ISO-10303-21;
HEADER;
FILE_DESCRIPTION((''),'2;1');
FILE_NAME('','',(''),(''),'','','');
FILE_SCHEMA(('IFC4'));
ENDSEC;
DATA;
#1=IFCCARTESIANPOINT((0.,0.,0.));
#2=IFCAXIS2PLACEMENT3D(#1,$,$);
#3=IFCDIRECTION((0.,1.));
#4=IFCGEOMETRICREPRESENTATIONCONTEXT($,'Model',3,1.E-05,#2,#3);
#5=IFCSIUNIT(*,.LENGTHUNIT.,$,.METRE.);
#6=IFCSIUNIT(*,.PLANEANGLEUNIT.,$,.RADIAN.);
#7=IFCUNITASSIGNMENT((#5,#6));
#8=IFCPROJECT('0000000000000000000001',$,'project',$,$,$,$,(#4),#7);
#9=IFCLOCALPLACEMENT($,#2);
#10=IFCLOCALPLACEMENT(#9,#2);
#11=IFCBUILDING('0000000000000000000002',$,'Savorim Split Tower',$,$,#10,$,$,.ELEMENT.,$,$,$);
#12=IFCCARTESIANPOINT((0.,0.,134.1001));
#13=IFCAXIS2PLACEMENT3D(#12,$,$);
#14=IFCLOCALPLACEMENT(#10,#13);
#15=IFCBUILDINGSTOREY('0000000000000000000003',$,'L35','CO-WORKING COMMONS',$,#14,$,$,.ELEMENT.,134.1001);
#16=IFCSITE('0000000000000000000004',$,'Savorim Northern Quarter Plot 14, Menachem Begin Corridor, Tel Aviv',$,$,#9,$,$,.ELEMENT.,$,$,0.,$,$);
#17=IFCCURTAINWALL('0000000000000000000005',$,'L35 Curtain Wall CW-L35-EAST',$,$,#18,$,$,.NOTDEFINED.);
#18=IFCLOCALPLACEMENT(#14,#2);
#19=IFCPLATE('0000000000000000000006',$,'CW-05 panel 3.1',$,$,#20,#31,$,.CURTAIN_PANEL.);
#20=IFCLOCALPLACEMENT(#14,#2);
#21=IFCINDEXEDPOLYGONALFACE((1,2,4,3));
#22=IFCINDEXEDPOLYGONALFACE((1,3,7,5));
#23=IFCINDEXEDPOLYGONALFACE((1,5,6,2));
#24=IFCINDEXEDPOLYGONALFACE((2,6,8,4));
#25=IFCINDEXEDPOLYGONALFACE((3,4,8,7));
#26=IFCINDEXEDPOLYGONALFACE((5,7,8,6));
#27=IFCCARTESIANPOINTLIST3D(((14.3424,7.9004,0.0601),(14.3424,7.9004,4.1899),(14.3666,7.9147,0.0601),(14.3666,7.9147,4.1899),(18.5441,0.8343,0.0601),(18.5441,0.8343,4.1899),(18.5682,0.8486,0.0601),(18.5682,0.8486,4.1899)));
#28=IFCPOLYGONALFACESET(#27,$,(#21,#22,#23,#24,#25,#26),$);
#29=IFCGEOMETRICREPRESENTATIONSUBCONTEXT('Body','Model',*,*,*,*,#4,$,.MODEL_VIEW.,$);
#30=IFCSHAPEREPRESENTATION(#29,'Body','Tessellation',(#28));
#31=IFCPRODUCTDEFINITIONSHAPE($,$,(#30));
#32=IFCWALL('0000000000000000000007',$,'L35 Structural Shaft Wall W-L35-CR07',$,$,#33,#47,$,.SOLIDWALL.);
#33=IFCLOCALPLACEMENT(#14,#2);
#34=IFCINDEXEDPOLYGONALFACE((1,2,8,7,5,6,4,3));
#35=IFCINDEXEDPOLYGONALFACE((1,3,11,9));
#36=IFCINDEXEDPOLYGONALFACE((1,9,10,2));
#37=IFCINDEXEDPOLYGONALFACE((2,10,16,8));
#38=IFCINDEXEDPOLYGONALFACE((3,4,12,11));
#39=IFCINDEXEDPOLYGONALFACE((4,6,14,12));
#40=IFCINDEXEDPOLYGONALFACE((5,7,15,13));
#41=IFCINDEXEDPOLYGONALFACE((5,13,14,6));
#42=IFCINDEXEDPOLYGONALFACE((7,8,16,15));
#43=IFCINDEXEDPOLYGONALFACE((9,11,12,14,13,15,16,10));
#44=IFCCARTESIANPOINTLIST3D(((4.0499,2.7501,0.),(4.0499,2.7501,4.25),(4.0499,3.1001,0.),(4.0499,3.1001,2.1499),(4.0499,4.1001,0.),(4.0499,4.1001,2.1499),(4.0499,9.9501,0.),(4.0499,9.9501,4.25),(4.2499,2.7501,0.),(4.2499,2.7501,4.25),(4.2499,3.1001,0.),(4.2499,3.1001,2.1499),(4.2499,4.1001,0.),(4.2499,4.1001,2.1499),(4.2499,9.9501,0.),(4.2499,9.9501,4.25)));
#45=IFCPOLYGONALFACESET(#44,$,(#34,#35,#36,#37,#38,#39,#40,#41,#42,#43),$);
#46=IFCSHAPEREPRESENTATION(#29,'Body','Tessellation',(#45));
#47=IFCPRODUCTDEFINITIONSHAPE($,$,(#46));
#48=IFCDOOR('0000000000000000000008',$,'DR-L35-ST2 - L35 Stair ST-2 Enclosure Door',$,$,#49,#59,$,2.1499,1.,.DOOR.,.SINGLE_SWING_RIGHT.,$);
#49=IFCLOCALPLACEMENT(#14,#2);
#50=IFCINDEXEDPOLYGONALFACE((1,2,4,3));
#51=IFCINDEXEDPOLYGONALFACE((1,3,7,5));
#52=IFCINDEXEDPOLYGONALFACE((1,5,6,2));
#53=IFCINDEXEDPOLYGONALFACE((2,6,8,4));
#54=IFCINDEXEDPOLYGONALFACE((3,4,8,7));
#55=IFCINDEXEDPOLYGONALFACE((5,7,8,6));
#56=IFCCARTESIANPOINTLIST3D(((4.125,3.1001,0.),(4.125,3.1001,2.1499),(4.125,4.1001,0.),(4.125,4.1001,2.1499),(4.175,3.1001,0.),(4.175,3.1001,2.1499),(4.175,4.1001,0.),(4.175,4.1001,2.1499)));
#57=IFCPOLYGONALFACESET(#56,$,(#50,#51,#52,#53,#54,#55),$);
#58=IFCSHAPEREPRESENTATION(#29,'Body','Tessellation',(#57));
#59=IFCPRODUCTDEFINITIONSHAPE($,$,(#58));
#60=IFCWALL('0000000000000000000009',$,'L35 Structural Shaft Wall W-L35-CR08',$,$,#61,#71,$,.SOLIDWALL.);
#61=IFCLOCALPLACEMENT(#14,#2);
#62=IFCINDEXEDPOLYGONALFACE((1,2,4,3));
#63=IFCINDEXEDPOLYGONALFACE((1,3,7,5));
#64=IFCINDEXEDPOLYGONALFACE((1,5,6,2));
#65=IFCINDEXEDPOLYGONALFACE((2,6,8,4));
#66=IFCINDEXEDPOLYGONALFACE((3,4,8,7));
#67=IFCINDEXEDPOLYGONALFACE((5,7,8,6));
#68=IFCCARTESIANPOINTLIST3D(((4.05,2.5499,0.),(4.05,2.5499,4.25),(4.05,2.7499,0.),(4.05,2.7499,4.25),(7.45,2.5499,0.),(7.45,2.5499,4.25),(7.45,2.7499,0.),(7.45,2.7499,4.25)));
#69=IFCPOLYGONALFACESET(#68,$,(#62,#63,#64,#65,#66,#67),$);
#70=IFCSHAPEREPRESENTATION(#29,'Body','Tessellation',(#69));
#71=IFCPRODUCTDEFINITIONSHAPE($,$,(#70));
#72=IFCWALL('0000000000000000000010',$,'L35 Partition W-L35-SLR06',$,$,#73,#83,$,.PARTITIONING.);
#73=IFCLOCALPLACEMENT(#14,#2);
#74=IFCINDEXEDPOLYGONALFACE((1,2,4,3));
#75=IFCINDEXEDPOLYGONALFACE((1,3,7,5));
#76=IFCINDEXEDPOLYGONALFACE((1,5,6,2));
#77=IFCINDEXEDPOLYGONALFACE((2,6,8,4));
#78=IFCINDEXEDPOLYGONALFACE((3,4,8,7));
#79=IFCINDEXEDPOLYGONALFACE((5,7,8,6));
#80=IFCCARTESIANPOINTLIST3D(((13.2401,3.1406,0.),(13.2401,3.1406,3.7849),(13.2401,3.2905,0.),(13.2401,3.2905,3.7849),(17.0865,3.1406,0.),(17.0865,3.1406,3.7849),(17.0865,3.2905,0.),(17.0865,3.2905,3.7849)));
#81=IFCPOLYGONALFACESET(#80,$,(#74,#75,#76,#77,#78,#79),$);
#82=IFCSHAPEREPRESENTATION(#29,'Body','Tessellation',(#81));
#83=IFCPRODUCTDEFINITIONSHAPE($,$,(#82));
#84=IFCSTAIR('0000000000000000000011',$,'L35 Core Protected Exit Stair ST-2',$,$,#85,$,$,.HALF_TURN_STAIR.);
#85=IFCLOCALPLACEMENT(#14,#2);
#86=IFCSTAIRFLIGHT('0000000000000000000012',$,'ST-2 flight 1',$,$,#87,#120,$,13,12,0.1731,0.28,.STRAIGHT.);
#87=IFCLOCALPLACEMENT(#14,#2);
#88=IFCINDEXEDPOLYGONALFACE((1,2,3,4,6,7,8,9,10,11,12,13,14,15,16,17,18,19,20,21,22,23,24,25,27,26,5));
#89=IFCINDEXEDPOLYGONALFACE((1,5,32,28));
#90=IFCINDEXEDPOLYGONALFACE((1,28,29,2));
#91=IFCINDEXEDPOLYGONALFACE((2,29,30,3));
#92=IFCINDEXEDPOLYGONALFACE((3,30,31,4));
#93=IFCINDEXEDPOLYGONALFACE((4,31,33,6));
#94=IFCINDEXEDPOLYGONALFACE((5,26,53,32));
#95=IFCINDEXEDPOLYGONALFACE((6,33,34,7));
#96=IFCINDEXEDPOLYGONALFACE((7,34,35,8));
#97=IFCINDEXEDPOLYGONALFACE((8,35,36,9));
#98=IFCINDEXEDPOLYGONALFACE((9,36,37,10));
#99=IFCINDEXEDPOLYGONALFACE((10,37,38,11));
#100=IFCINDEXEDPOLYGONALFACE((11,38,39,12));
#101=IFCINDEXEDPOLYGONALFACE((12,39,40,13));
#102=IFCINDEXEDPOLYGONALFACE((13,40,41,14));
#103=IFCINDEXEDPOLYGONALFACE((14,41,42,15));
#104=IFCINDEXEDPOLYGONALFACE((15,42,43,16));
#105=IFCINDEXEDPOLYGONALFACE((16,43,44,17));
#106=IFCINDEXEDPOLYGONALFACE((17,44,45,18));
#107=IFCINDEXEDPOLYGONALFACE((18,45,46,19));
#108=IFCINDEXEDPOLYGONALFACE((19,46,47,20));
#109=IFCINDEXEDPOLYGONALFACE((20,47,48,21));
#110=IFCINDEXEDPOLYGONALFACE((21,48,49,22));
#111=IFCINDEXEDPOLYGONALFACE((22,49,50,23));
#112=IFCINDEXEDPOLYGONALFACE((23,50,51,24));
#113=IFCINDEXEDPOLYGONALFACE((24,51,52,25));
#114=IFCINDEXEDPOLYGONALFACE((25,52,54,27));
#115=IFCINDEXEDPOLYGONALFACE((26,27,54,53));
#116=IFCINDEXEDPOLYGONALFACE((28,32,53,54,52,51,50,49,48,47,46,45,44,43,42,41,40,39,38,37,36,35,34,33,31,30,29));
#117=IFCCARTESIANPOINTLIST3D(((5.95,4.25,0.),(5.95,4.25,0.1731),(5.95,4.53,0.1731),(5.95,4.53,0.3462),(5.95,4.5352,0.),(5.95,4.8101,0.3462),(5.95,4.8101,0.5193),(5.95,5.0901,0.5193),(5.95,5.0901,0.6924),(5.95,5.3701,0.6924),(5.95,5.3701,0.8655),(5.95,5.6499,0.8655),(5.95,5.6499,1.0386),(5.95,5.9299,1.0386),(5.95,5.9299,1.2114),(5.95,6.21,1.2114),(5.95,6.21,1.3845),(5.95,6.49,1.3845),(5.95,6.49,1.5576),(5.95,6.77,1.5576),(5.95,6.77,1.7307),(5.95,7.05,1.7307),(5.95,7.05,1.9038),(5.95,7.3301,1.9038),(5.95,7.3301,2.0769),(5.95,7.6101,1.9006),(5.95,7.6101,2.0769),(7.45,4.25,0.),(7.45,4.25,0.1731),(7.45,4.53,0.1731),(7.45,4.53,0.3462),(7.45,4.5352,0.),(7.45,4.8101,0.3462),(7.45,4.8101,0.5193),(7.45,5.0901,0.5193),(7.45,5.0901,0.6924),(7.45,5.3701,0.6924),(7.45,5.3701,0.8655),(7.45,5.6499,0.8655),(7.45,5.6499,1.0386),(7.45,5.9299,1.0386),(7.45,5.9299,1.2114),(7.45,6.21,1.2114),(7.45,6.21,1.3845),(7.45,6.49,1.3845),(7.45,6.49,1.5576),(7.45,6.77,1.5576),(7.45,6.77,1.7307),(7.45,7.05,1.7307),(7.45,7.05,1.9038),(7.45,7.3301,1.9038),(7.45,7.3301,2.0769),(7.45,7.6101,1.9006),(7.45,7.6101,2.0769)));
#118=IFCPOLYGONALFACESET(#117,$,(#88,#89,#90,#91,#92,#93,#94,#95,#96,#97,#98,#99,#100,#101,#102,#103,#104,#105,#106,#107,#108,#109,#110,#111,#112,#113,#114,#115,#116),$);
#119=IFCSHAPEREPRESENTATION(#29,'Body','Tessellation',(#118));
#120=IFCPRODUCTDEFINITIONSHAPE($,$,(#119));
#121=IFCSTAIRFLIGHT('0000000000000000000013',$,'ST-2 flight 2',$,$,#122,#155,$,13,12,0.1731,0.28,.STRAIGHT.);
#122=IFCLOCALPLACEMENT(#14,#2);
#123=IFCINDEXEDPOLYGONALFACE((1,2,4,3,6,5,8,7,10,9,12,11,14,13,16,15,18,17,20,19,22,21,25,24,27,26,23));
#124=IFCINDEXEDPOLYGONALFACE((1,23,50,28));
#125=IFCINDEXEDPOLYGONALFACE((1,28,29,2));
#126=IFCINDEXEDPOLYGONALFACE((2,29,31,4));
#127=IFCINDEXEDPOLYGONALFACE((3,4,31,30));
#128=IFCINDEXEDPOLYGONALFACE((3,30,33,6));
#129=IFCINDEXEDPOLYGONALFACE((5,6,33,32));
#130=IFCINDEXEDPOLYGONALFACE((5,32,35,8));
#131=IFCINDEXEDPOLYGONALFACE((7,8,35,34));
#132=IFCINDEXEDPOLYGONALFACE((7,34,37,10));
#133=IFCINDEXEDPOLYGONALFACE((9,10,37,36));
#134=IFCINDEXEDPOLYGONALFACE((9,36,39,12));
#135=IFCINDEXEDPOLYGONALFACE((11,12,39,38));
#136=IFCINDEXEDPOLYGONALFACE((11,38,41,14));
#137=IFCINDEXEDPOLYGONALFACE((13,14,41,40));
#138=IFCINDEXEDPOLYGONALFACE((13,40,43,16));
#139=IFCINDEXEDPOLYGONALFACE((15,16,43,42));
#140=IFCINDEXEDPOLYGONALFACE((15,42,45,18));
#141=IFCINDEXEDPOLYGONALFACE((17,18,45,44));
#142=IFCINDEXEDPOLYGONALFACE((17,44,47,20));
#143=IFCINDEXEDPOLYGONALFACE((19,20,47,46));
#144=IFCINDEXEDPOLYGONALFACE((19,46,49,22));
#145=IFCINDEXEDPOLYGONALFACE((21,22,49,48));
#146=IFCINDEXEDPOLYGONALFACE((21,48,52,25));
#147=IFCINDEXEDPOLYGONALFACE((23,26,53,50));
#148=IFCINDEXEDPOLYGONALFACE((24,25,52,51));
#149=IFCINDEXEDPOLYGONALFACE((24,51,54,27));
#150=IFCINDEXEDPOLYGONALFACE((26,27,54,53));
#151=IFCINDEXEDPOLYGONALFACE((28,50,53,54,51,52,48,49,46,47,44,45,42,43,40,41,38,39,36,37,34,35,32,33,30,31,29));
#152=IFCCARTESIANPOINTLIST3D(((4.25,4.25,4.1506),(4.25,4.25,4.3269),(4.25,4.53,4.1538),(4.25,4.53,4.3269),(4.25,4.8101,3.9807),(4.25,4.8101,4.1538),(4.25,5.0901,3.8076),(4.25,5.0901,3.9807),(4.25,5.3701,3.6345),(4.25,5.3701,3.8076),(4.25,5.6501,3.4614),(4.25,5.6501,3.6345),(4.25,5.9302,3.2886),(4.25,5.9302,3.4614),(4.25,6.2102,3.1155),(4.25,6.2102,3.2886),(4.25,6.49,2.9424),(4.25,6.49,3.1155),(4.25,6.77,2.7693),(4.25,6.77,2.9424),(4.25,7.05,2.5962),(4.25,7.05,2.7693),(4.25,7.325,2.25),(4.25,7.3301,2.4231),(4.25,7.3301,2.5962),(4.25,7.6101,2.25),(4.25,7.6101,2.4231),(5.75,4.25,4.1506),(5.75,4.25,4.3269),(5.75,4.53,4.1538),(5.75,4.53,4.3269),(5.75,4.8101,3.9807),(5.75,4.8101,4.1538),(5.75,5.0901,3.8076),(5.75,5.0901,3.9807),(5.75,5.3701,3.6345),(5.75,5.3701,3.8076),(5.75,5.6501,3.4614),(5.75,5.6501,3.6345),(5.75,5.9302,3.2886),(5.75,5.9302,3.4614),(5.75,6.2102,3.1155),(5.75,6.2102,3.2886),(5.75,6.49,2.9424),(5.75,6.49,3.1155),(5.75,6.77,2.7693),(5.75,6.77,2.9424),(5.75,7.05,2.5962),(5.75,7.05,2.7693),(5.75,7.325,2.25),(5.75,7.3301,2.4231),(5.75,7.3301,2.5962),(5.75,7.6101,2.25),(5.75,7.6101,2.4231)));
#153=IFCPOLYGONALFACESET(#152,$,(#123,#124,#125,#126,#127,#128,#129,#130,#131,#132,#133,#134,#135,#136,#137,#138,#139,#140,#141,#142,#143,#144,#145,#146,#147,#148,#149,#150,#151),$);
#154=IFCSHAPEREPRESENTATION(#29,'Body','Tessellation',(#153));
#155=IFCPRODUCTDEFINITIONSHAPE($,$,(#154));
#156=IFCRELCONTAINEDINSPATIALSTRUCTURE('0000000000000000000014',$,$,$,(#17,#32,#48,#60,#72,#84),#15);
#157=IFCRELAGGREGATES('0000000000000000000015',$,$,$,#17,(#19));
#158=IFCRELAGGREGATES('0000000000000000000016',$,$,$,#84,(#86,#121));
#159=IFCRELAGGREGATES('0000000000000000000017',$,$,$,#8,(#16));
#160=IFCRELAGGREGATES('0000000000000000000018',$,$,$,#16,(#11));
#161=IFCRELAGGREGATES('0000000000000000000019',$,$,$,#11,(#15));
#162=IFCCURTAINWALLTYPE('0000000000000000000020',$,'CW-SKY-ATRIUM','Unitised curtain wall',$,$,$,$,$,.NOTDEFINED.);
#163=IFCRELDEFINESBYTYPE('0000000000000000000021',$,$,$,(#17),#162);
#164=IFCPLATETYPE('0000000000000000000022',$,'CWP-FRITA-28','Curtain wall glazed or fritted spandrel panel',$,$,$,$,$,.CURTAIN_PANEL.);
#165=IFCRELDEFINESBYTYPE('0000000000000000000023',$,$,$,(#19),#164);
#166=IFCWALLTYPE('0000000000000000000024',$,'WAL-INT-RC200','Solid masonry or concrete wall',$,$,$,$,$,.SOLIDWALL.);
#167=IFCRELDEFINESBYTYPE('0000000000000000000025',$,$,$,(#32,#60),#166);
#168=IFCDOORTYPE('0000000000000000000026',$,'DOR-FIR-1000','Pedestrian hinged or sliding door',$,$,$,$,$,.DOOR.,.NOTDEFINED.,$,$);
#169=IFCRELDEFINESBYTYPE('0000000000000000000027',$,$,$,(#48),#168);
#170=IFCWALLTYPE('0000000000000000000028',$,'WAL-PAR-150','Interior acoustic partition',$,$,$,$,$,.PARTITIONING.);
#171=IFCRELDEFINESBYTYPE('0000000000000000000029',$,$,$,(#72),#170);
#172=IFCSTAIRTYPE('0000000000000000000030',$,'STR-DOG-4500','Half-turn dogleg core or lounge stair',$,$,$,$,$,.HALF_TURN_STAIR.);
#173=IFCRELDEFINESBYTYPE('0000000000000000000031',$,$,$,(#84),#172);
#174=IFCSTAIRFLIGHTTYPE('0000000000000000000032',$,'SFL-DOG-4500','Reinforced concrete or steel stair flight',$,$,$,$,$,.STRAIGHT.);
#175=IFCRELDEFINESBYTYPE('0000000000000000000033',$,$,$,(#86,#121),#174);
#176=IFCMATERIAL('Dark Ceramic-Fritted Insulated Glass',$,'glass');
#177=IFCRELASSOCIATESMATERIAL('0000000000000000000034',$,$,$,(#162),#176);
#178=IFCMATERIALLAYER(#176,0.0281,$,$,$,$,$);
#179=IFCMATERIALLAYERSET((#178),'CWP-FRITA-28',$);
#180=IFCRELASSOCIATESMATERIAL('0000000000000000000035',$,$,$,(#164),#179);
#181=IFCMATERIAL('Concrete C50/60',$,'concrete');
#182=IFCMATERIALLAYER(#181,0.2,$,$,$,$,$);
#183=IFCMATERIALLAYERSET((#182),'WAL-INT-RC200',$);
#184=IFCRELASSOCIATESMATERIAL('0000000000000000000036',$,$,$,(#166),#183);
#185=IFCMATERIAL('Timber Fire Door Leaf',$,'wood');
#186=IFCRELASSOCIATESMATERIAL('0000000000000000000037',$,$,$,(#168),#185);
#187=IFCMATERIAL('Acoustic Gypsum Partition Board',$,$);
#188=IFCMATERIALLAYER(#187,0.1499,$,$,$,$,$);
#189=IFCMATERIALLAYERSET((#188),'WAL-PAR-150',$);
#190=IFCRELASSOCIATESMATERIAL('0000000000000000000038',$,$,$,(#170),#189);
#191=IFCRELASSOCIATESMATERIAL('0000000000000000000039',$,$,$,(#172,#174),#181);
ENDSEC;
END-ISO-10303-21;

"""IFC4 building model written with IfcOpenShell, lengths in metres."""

from ifc_helpers import new_model, si_unit, direction, frame, frame_2d, origin, origin_2d, place, context, subcontext, project, spatial, polyline, rectangle, outline, extrude, material, layer, layer_set, type_object, element, fill, aggregate, save


model = new_model("IFC4")

# Units and contexts
model_context = context("Model", 3, precision=1e-05, world=origin(), true_north=direction((0.0, 1.0)))
body_context = subcontext(model_context, "Body", "Model", "MODEL_VIEW")
ifc_project = project(units=[si_unit("LENGTHUNIT", "METRE"), si_unit("PLANEANGLEUNIT", "RADIAN")], contexts=[model_context])

# Site, building, storey
site_placement = place(None, origin())
site = spatial("IfcSite", under=ifc_project, at=site_placement, Name="Savorim Northern Quarter Plot 14, Menachem Begin Corridor, Tel Aviv", CompositionType="ELEMENT", RefElevation=0.0)
building_placement = place(site_placement, origin())
building = spatial("IfcBuilding", under=site, at=building_placement, Name="Savorim Split Tower", CompositionType="ELEMENT")
storey_placement = place(building_placement, frame((0.0, 0.0, 134.1001)))
storey = spatial("IfcBuildingStorey", under=building, at=storey_placement, Name="L35", Description="CO-WORKING COMMONS", CompositionType="ELEMENT", Elevation=134.1001)

# Curtain wall, plate
ifc_material_1 = material(Name="Dark Ceramic-Fritted Insulated Glass", Category="glass")
curtain_wall_type = type_object("IfcCurtainWallType", Name="CW-SKY-ATRIUM", Description="Unitised curtain wall", PredefinedType="NOTDEFINED", material=ifc_material_1)
curtain_wall_placement = place(storey_placement, origin())
curtain_wall = element("IfcCurtainWall", 1, at=curtain_wall_placement, inside=storey, type_object=curtain_wall_type, Name="L35 Curtain Wall CW-L35-EAST", PredefinedType="NOTDEFINED")
ifc_layer_1 = layer(ifc_material_1, 0.0281)
ifc_layer_set_1 = layer_set([ifc_layer_1], Name="CWP-FRITA-28")
plate_type = type_object("IfcPlateType", Name="CWP-FRITA-28", Description="Curtain wall glazed or fritted spandrel panel", PredefinedType="CURTAIN_PANEL", material=ifc_layer_set_1)
plate_placement = place(storey_placement, frame((16.4553, 4.3745, 0.0601), z_axis=(0.0, 0.0, 1.0), x_axis=(-0.511091, 0.859527, 0.0)))
plate = element("IfcPlate", 2, at=plate_placement, type_object=plate_type, Name="CW-05 panel 3.1", PredefinedType="CURTAIN_PANEL", context=body_context, shape_type="SweptSolid", body=[
    extrude(rectangle(XDim=8.2209, YDim=0.0281, at=origin_2d()), origin(), (0.0, 0.0, 1.0), 4.1299),
])
aggregate(curtain_wall, [plate])

# Wall, opening, door
ifc_material_2 = material(Name="Concrete C50/60", Category="concrete")
ifc_layer_2 = layer(ifc_material_2, 0.2)
ifc_layer_set_2 = layer_set([ifc_layer_2], Name="WAL-INT-RC200")
wall_type_1 = type_object("IfcWallType", Name="WAL-INT-RC200", Description="Solid masonry or concrete wall", PredefinedType="SOLIDWALL", material=ifc_layer_set_2)
wall_1_placement = place(storey_placement, frame((4.1499, 2.75, 0.0), z_axis=(0.0, 0.0, 1.0), x_axis=(0.0, 1.0, 0.0)))
wall_1 = element("IfcWall", 3, at=wall_1_placement, inside=storey, type_object=wall_type_1, Name="L35 Structural Shaft Wall W-L35-CR07", PredefinedType="SOLIDWALL", context=body_context, shape_type="SweptSolid", body=[
    extrude(rectangle(XDim=7.2, YDim=0.2, at=frame_2d((3.6001, 0.0))), origin(), (0.0, 0.0, 1.0), 4.25),
])
opening_1_placement = place(wall_1_placement, frame((0.3501, 0.0, 0.0)))
opening_1 = element("IfcOpeningElement", 4, at=opening_1_placement, cuts=wall_1, PredefinedType="OPENING", context=body_context, shape_type="SweptSolid", body=[
    extrude(rectangle(XDim=1.0, YDim=2.1499, at=frame_2d((0.5, 1.075))), frame((0.0, 0.1099, 0.0), z_axis=(0.0, -1.0, 0.0), x_axis=(1.0, 0.0, 0.0)), (0.0, 0.0, 1.0), 0.22),
])
ifc_material_3 = material(Name="Timber Fire Door Leaf", Category="wood")
door_type_1 = type_object("IfcDoorType", Name="DOR-FIR-1000", Description="Pedestrian hinged or sliding door", OperationType="NOTDEFINED", PredefinedType="DOOR", material=ifc_material_3)
door_1_placement = place(opening_1_placement, origin())
door_1 = element("IfcDoor", 5, at=door_1_placement, inside=storey, type_object=door_type_1, Name="DR-L35-ST2 - L35 Stair ST-2 Enclosure Door", OperationType="SINGLE_SWING_RIGHT", OverallHeight=2.1499, OverallWidth=1.0, PredefinedType="DOOR", context=body_context, shape_type="SweptSolid", body=[
    extrude(rectangle(XDim=1.0, YDim=2.1499, at=frame_2d((0.5, 1.075))), frame((0.0, 0.0249, 0.0), z_axis=(0.0, -1.0, 0.0), x_axis=(1.0, 0.0, 0.0)), (0.0, 0.0, 1.0), 0.05),
])
fill(opening_1, door_1)

# Wall
wall_2_placement = place(storey_placement, frame((4.05, 2.6499, 0.0), z_axis=(0.0, 0.0, 1.0), x_axis=(1.0, 0.0, 0.0)))
element("IfcWall", 6, at=wall_2_placement, inside=storey, type_object=wall_type_1, Name="L35 Structural Shaft Wall W-L35-CR08", PredefinedType="SOLIDWALL", context=body_context, shape_type="SweptSolid", body=[
    extrude(rectangle(XDim=3.3999, YDim=0.2, at=frame_2d((1.7, 0.0))), origin(), (0.0, 0.0, 1.0), 4.25),
])

# Wall
ifc_material_4 = material(Name="Acoustic Gypsum Partition Board")
ifc_layer_3 = layer(ifc_material_4, 0.1499)
ifc_layer_set_3 = layer_set([ifc_layer_3], Name="WAL-PAR-150")
wall_type_2 = type_object("IfcWallType", Name="WAL-PAR-150", Description="Interior acoustic partition", PredefinedType="PARTITIONING", material=ifc_layer_set_3)
wall_3_placement = place(storey_placement, frame((13.24, 3.2156, 0.0), z_axis=(0.0, 0.0, 1.0), x_axis=(1.0, 0.0, 0.0)))
element("IfcWall", 7, at=wall_3_placement, inside=storey, type_object=wall_type_2, Name="L35 Partition W-L35-SLR06", PredefinedType="PARTITIONING", context=body_context, shape_type="SweptSolid", body=[
    extrude(rectangle(XDim=3.8464, YDim=0.1499, at=frame_2d((1.9233, 0.0))), origin(), (0.0, 0.0, 1.0), 3.7849),
])

# Stair, stair flights
stair_type = type_object("IfcStairType", Name="STR-DOG-4500", Description="Half-turn dogleg core or lounge stair", PredefinedType="HALF_TURN_STAIR", material=ifc_material_2)
stair_placement = place(storey_placement, origin())
stair = element("IfcStair", 8, at=stair_placement, inside=storey, type_object=stair_type, Name="L35 Core Protected Exit Stair ST-2", PredefinedType="HALF_TURN_STAIR")
stair_flight_type = type_object("IfcStairFlightType", Name="SFL-DOG-4500", Description="Reinforced concrete or steel stair flight", PredefinedType="STRAIGHT", material=ifc_material_2)
stair_flight_1_placement = place(storey_placement, frame((6.7, 4.25, 0.0), z_axis=(0.0, 0.0, 1.0), x_axis=(0.0, 1.0, 0.0)))
stair_flight_1 = element("IfcStairFlight", 9, at=stair_flight_1_placement, type_object=stair_flight_type, Name="ST-2 flight 1", NumberOfRisers=13, NumberOfTreads=12, PredefinedType="STRAIGHT", RiserHeight=0.1731, TreadLength=0.28, context=body_context, shape_type="SweptSolid", body=[
    extrude(outline(polyline([(0.0, 0.0), (0.0, 0.1731), (0.28, 0.1731), (0.28, 0.3462), (0.5601, 0.3462), (0.5601, 0.5193), (0.8401, 0.5193), (0.8401, 0.6924), (1.1201, 0.6924), (1.1201, 0.8655), (1.3999, 0.8655), (1.3999, 1.0386), (1.6799, 1.0386), (1.6799, 1.2114), (1.96, 1.2114), (1.96, 1.3845), (2.24, 1.3845), (2.24, 1.5576), (2.52, 1.5576), (2.52, 1.7307), (2.8, 1.7307), (2.8, 1.9038), (3.0801, 1.9038), (3.0801, 2.0769), (3.3601, 2.0769), (3.3601, 2.25), (3.3601, 1.9006), (0.2852, 0.0), (0.0, 0.0)])), frame((0.0, 0.75, 0.0), z_axis=(0.0, -1.0, 0.0), x_axis=(1.0, 0.0, 0.0)), (0.0, 0.0, 1.0), 1.5),
])
stair_flight_2_placement = place(storey_placement, frame((5.0, 7.6101, 2.25), z_axis=(0.0, 0.0, 1.0), x_axis=(0.0, -1.0, 0.0)))
stair_flight_2 = element("IfcStairFlight", 10, at=stair_flight_2_placement, type_object=stair_flight_type, Name="ST-2 flight 2", NumberOfRisers=13, NumberOfTreads=12, PredefinedType="STRAIGHT", RiserHeight=0.1731, TreadLength=0.28, context=body_context, shape_type="SweptSolid", body=[
    extrude(outline(polyline([(0.0, 0.0), (0.0, 0.1731), (0.28, 0.1731), (0.28, 0.3462), (0.5601, 0.3462), (0.5601, 0.5193), (0.8401, 0.5193), (0.8401, 0.6924), (1.1201, 0.6924), (1.1201, 0.8655), (1.3999, 0.8655), (1.3999, 1.0386), (1.6799, 1.0386), (1.6799, 1.2114), (1.96, 1.2114), (1.96, 1.3845), (2.24, 1.3845), (2.24, 1.5576), (2.52, 1.5576), (2.52, 1.7307), (2.8, 1.7307), (2.8, 1.9038), (3.0801, 1.9038), (3.0801, 2.0769), (3.3601, 2.0769), (3.3601, 2.25), (3.3601, 1.9006), (0.2852, 0.0), (0.0, 0.0)])), frame((0.0, 0.75, 0.0), z_axis=(0.0, -1.0, 0.0), x_axis=(1.0, 0.0, 0.0)), (0.0, 0.0, 1.0), 1.5),
])
aggregate(stair, [stair_flight_1, stair_flight_2])

save(model, "model.ifc")
